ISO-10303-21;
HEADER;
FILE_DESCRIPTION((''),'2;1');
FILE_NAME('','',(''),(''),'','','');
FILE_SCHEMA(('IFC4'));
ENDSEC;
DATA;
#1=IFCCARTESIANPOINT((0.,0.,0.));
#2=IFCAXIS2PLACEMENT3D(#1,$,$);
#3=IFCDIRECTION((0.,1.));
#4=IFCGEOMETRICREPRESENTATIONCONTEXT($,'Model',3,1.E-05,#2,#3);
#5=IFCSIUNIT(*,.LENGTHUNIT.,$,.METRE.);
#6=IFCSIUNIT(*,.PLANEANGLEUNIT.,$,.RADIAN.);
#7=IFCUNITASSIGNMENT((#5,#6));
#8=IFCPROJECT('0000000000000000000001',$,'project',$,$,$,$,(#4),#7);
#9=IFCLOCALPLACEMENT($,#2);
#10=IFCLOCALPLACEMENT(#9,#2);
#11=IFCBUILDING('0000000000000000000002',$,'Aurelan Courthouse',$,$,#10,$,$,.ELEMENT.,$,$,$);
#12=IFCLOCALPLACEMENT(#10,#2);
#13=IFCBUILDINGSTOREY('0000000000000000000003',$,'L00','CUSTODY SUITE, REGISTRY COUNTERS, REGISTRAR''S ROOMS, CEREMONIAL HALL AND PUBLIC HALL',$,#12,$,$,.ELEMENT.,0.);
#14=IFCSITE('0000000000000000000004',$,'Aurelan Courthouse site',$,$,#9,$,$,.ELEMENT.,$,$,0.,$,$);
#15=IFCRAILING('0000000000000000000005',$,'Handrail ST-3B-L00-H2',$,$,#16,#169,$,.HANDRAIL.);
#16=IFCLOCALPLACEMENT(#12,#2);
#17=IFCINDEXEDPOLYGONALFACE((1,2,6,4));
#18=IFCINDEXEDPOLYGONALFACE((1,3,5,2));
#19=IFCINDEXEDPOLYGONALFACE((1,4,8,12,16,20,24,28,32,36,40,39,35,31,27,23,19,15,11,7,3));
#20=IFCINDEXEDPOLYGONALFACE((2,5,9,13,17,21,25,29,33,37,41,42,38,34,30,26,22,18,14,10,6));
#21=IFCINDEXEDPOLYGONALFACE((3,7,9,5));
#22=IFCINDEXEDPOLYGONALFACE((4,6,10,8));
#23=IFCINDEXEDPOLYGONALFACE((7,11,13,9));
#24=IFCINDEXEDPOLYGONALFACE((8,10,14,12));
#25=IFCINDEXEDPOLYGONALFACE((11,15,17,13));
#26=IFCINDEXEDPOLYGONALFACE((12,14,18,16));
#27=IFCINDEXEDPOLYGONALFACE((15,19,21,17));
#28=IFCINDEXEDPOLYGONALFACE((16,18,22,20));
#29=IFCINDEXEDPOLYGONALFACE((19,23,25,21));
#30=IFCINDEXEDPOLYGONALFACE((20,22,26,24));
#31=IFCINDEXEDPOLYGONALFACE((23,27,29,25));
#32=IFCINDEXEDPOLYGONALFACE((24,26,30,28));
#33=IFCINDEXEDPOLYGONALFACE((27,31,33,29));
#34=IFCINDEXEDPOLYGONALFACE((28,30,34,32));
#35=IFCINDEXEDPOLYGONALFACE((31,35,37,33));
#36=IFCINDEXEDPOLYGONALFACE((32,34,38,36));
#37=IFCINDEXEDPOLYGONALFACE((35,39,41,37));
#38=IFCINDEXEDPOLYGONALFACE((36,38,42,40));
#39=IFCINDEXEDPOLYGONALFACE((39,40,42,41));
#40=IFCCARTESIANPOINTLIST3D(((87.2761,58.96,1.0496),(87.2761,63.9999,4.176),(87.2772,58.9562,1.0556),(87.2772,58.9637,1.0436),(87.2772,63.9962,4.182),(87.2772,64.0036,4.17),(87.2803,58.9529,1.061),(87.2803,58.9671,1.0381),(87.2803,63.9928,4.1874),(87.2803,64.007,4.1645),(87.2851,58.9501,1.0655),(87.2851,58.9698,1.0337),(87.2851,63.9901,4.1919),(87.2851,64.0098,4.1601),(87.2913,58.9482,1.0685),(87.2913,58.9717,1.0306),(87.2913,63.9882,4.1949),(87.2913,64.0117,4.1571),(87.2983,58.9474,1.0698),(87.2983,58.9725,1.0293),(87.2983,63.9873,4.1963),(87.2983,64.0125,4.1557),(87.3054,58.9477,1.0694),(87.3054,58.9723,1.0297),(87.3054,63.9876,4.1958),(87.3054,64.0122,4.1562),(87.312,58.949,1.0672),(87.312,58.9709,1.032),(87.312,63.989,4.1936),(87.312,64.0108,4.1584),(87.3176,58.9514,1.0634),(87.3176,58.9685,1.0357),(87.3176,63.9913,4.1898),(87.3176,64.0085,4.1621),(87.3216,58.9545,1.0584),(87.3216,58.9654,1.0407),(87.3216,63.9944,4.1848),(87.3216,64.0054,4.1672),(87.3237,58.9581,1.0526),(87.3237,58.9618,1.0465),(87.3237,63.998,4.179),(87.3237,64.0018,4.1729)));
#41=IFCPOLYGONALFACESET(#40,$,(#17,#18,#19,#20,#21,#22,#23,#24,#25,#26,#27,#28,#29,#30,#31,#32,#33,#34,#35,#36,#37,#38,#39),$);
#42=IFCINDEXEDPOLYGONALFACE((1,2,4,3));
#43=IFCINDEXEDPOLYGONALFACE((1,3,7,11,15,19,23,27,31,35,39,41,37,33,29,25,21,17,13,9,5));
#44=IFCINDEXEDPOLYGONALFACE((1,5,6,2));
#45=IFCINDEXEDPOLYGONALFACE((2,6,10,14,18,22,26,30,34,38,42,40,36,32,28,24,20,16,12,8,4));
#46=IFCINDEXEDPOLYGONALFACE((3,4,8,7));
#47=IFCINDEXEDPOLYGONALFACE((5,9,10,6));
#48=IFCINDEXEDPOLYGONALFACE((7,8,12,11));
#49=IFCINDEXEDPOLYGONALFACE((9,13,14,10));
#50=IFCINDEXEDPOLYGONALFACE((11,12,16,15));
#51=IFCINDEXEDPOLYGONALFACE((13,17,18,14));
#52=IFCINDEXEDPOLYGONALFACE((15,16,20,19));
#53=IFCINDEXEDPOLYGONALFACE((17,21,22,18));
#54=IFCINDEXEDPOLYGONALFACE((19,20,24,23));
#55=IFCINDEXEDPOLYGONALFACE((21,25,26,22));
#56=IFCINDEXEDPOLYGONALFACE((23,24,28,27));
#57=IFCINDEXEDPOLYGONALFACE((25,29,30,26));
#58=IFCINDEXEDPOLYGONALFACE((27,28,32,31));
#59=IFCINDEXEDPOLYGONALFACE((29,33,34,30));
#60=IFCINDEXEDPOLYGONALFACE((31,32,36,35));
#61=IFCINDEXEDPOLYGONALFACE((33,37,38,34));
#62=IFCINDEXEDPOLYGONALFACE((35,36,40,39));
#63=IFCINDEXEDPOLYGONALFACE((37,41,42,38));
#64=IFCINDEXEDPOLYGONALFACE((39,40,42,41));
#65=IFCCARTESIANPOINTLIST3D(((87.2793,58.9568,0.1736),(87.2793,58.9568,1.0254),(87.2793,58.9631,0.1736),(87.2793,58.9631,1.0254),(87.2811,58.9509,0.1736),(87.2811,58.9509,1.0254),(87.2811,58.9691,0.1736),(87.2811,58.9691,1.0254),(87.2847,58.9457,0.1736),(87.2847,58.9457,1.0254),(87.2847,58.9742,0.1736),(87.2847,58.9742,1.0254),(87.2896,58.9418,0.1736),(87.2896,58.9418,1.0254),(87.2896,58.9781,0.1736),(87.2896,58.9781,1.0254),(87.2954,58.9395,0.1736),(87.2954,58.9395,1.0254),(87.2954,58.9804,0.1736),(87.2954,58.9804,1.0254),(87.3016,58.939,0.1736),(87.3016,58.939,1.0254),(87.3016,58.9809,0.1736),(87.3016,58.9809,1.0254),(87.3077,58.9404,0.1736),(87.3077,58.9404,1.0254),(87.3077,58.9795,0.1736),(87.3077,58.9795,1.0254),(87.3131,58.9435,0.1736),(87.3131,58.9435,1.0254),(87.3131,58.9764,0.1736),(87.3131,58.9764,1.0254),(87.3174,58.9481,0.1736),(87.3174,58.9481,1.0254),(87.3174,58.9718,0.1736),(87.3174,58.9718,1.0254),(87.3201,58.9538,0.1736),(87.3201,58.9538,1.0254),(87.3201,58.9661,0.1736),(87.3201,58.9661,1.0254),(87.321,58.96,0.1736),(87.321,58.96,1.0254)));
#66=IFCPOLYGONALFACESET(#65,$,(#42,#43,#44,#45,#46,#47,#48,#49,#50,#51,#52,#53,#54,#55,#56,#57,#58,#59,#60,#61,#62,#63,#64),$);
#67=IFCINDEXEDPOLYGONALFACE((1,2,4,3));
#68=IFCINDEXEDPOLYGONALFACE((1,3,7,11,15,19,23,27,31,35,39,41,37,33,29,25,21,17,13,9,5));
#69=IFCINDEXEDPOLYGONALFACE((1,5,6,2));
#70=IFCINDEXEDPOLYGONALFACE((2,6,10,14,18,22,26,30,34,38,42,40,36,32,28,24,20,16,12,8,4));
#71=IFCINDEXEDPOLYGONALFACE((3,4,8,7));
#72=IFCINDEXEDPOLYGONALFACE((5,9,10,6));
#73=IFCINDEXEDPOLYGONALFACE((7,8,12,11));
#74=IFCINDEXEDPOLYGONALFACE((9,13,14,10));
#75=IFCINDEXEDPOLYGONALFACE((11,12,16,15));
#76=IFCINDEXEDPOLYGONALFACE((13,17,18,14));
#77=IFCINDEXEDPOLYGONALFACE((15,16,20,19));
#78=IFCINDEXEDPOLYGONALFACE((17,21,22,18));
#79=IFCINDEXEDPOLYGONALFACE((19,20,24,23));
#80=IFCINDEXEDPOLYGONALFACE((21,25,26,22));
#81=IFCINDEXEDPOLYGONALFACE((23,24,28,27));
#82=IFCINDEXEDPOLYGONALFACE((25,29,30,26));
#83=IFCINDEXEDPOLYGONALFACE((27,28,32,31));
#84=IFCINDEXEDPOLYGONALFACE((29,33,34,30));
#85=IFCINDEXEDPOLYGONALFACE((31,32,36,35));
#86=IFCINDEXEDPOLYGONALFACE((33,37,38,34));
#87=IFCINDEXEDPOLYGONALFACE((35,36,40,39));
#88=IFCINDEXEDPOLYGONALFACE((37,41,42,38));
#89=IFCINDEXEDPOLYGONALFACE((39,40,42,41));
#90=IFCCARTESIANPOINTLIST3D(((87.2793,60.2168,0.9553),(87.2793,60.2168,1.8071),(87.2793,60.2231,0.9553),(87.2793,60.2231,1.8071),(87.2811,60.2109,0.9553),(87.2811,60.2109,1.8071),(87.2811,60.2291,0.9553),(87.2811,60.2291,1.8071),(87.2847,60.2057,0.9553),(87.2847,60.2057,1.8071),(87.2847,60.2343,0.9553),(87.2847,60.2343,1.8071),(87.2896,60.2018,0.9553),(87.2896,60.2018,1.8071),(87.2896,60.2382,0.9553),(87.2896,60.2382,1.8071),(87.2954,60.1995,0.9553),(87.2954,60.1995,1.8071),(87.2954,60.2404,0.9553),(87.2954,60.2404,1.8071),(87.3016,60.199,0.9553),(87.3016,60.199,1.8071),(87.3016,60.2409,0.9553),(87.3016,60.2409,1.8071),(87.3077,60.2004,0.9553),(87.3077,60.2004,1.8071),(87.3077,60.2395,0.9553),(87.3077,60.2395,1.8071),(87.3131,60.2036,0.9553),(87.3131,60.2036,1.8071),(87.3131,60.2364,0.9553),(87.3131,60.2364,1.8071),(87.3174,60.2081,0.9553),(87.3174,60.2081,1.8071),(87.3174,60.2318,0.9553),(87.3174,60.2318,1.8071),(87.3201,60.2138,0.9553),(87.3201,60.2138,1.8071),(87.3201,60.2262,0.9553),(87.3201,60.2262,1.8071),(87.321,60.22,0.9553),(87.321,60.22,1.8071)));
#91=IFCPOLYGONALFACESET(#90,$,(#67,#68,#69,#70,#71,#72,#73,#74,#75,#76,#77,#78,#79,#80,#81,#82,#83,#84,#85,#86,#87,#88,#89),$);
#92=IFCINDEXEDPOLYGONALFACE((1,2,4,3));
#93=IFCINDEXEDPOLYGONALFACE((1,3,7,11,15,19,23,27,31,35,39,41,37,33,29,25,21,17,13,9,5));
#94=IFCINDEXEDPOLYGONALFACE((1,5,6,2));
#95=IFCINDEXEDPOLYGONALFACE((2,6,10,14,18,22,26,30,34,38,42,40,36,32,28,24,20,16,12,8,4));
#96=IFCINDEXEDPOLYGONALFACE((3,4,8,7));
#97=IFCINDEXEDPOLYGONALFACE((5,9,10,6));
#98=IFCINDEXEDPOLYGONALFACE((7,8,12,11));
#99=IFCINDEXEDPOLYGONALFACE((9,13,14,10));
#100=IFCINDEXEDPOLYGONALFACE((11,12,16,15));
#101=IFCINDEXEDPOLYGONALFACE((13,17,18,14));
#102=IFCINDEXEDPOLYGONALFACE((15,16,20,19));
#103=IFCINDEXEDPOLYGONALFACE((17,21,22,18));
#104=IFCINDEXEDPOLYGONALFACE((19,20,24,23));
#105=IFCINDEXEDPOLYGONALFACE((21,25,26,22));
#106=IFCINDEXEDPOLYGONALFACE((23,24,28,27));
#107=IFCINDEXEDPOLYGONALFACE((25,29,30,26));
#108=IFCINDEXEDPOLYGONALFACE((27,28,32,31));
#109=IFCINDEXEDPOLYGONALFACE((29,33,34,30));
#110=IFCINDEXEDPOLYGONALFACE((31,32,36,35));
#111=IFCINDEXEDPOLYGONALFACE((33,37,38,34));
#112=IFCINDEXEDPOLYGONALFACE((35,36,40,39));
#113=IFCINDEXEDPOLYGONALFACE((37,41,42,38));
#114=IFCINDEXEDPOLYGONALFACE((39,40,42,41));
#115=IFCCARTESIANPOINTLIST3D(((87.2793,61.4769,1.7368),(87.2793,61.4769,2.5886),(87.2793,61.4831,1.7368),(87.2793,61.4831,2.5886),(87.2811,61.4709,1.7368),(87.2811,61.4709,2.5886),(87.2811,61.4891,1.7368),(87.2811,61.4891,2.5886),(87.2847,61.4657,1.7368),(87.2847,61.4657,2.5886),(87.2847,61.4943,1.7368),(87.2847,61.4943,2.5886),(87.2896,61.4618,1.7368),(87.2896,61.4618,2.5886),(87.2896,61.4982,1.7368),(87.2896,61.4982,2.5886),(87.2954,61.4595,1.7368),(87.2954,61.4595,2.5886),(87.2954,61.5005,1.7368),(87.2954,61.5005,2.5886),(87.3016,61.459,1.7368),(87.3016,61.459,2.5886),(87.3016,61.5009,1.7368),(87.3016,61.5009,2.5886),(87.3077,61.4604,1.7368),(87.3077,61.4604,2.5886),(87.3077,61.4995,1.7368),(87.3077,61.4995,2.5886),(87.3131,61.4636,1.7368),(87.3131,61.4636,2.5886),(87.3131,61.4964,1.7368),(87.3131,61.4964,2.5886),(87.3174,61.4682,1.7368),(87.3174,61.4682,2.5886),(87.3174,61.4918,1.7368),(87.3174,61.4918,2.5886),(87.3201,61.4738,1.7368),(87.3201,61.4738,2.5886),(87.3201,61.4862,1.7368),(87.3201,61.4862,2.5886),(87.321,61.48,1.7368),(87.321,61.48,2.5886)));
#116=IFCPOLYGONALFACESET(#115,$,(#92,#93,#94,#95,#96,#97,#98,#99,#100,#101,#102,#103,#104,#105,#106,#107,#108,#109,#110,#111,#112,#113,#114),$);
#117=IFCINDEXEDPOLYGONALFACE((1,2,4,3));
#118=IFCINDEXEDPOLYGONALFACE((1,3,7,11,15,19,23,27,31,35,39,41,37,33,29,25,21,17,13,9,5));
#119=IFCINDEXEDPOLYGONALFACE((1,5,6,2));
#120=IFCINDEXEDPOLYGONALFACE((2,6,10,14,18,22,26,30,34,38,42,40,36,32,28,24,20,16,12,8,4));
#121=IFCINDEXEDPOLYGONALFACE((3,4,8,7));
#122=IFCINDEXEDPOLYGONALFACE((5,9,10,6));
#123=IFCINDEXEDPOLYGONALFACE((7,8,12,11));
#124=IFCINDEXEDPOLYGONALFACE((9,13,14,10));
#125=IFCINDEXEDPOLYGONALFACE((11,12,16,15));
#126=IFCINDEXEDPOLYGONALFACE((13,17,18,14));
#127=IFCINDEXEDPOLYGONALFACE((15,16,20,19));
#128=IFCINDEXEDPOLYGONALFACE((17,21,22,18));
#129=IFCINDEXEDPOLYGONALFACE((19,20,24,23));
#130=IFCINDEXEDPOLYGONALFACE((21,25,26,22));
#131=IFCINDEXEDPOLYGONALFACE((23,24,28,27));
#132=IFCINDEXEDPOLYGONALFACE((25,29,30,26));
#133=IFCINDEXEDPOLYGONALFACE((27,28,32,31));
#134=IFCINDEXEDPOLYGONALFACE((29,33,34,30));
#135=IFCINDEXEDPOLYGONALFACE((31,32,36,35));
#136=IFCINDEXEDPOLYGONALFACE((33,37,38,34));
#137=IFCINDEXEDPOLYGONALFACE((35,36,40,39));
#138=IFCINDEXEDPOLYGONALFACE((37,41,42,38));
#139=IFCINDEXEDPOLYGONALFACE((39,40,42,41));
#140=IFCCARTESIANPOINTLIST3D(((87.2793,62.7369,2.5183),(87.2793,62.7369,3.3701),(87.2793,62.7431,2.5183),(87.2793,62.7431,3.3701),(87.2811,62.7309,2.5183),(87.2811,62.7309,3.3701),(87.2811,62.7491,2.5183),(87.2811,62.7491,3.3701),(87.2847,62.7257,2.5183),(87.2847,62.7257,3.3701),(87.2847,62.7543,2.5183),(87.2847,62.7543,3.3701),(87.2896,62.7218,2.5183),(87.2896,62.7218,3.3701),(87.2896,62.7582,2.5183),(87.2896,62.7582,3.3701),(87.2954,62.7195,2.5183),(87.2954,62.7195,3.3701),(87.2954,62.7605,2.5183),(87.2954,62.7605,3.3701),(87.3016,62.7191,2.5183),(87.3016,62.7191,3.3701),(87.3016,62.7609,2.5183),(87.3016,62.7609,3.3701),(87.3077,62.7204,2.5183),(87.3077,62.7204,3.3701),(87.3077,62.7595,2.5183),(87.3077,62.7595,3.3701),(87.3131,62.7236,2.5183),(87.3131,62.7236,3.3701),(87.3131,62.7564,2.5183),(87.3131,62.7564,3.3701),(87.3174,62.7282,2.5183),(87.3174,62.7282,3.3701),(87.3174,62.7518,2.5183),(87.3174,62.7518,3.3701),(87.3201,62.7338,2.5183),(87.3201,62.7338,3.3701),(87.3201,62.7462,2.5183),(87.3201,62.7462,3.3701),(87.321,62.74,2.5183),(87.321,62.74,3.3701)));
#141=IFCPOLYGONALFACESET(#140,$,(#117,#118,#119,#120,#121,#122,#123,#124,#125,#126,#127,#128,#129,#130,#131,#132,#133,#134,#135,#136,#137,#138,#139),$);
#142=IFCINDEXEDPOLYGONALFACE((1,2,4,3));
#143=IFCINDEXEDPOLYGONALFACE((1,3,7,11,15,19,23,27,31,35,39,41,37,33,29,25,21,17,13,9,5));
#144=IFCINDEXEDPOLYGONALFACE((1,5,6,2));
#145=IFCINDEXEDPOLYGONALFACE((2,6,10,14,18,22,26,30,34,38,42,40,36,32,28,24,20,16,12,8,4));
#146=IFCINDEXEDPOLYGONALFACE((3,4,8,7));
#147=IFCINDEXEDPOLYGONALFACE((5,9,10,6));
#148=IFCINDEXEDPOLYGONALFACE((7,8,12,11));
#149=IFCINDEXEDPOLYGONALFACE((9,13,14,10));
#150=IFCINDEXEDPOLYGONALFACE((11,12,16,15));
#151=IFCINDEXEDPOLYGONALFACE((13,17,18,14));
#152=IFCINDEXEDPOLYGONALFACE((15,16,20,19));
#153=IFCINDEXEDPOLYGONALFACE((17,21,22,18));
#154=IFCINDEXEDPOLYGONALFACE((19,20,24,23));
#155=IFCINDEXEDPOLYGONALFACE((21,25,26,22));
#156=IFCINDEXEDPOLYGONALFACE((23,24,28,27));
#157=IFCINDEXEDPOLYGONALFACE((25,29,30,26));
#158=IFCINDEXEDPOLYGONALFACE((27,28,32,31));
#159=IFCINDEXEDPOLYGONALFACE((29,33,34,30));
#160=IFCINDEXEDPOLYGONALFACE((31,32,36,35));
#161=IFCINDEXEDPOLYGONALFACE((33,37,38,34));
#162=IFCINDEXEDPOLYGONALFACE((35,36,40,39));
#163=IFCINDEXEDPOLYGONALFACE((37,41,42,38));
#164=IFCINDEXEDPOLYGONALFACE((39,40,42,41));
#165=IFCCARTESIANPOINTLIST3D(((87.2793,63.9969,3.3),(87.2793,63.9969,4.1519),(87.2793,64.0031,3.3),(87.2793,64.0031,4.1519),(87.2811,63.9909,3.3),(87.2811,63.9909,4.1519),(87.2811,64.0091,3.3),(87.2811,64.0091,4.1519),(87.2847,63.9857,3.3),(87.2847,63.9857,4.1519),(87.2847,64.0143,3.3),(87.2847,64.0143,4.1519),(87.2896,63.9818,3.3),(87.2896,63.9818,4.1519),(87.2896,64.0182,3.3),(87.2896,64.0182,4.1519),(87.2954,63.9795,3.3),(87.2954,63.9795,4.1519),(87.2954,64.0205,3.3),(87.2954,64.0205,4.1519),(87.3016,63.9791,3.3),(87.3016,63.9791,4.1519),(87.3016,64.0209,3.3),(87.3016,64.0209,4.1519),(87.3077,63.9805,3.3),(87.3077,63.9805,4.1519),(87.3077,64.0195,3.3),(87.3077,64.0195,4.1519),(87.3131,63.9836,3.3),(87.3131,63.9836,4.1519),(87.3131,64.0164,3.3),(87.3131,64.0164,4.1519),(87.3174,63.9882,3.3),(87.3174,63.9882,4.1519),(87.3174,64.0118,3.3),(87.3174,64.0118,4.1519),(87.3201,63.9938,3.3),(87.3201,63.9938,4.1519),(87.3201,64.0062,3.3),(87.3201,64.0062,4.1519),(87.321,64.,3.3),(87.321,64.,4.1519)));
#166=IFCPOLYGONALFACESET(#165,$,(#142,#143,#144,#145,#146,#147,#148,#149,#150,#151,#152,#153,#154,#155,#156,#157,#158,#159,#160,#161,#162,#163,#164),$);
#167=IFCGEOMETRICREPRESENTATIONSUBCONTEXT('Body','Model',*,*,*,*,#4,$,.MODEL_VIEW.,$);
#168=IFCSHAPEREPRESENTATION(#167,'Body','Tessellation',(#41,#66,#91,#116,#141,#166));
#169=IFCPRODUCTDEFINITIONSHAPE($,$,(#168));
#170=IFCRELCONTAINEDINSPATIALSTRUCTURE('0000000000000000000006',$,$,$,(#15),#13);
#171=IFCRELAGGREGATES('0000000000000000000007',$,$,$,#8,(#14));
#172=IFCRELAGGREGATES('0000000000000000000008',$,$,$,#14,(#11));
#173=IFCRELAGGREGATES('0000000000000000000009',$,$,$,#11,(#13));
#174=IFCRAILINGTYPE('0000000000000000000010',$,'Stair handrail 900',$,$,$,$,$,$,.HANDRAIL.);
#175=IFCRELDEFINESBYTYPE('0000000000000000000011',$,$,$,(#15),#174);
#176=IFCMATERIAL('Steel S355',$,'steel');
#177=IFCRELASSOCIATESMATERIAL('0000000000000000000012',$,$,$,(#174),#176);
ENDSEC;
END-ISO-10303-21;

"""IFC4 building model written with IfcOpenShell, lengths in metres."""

from ifc_helpers import new_model, si_unit, direction, frame, origin, origin_2d, place, context, subcontext, project, spatial, circle, extrude, material, type_object, element, save


model = new_model("IFC4")

# Units and contexts
model_context = context("Model", 3, precision=1e-05, world=origin(), true_north=direction((0.0, 1.0)))
body_context = subcontext(model_context, "Body", "Model", "MODEL_VIEW")
ifc_project = project(units=[si_unit("LENGTHUNIT", "METRE"), si_unit("PLANEANGLEUNIT", "RADIAN")], contexts=[model_context])

# Site, building, storey
site_placement = place(None, origin())
site = spatial("IfcSite", under=ifc_project, at=site_placement, Name="Aurelan Courthouse site", CompositionType="ELEMENT", RefElevation=0.0)
building_placement = place(site_placement, origin())
building = spatial("IfcBuilding", under=site, at=building_placement, Name="Aurelan Courthouse", CompositionType="ELEMENT")
storey_placement = place(building_placement, origin())
storey = spatial("IfcBuildingStorey", under=building, at=storey_placement, Name="L00", Description="CUSTODY SUITE, REGISTRY COUNTERS, REGISTRAR'S ROOMS, CEREMONIAL HALL AND PUBLIC HALL", CompositionType="ELEMENT", Elevation=0.0)

# Railing
ifc_material_1 = material(Name="Steel S355", Category="steel")
railing_type_1 = type_object("IfcRailingType", Name="Stair handrail 900", PredefinedType="HANDRAIL", material=ifc_material_1)
for number, where, name in (
    (1, (87.3, 58.96, 0.1736), "Handrail ST-3B-L00-H2"),
):
    element("IfcRailing", number, at=place(storey_placement, frame(where)), inside=storey, type_object=railing_type_1, Name=name, PredefinedType="HANDRAIL", context=body_context, shape_type="SweptSolid", body=[
        extrude(circle(Radius=0.0239, at=origin_2d()), frame((0.0, 0.0, 0.876), z_axis=(0.0, 0.849779, 0.527139), x_axis=(-1.0, 0.0, 0.0)), (0.0, 0.0, 1.0), 5.9309),
        extrude(circle(Radius=0.021, at=origin_2d()), origin(), (0.0, 0.0, 1.0), 0.8518),
        extrude(circle(Radius=0.021, at=origin_2d()), frame((0.0, 1.26, 0.7817)), (0.0, 0.0, 1.0), 0.8518),
        extrude(circle(Radius=0.021, at=origin_2d()), frame((0.0, 2.52, 1.5632)), (0.0, 0.0, 1.0), 0.8518),
        extrude(circle(Radius=0.021, at=origin_2d()), frame((0.0, 3.78, 2.3447)), (0.0, 0.0, 1.0), 0.8518),
        extrude(circle(Radius=0.021, at=origin_2d()), frame((0.0, 5.04, 3.1265)), (0.0, 0.0, 1.0), 0.8518),
    ])

save(model, "model.ifc")
